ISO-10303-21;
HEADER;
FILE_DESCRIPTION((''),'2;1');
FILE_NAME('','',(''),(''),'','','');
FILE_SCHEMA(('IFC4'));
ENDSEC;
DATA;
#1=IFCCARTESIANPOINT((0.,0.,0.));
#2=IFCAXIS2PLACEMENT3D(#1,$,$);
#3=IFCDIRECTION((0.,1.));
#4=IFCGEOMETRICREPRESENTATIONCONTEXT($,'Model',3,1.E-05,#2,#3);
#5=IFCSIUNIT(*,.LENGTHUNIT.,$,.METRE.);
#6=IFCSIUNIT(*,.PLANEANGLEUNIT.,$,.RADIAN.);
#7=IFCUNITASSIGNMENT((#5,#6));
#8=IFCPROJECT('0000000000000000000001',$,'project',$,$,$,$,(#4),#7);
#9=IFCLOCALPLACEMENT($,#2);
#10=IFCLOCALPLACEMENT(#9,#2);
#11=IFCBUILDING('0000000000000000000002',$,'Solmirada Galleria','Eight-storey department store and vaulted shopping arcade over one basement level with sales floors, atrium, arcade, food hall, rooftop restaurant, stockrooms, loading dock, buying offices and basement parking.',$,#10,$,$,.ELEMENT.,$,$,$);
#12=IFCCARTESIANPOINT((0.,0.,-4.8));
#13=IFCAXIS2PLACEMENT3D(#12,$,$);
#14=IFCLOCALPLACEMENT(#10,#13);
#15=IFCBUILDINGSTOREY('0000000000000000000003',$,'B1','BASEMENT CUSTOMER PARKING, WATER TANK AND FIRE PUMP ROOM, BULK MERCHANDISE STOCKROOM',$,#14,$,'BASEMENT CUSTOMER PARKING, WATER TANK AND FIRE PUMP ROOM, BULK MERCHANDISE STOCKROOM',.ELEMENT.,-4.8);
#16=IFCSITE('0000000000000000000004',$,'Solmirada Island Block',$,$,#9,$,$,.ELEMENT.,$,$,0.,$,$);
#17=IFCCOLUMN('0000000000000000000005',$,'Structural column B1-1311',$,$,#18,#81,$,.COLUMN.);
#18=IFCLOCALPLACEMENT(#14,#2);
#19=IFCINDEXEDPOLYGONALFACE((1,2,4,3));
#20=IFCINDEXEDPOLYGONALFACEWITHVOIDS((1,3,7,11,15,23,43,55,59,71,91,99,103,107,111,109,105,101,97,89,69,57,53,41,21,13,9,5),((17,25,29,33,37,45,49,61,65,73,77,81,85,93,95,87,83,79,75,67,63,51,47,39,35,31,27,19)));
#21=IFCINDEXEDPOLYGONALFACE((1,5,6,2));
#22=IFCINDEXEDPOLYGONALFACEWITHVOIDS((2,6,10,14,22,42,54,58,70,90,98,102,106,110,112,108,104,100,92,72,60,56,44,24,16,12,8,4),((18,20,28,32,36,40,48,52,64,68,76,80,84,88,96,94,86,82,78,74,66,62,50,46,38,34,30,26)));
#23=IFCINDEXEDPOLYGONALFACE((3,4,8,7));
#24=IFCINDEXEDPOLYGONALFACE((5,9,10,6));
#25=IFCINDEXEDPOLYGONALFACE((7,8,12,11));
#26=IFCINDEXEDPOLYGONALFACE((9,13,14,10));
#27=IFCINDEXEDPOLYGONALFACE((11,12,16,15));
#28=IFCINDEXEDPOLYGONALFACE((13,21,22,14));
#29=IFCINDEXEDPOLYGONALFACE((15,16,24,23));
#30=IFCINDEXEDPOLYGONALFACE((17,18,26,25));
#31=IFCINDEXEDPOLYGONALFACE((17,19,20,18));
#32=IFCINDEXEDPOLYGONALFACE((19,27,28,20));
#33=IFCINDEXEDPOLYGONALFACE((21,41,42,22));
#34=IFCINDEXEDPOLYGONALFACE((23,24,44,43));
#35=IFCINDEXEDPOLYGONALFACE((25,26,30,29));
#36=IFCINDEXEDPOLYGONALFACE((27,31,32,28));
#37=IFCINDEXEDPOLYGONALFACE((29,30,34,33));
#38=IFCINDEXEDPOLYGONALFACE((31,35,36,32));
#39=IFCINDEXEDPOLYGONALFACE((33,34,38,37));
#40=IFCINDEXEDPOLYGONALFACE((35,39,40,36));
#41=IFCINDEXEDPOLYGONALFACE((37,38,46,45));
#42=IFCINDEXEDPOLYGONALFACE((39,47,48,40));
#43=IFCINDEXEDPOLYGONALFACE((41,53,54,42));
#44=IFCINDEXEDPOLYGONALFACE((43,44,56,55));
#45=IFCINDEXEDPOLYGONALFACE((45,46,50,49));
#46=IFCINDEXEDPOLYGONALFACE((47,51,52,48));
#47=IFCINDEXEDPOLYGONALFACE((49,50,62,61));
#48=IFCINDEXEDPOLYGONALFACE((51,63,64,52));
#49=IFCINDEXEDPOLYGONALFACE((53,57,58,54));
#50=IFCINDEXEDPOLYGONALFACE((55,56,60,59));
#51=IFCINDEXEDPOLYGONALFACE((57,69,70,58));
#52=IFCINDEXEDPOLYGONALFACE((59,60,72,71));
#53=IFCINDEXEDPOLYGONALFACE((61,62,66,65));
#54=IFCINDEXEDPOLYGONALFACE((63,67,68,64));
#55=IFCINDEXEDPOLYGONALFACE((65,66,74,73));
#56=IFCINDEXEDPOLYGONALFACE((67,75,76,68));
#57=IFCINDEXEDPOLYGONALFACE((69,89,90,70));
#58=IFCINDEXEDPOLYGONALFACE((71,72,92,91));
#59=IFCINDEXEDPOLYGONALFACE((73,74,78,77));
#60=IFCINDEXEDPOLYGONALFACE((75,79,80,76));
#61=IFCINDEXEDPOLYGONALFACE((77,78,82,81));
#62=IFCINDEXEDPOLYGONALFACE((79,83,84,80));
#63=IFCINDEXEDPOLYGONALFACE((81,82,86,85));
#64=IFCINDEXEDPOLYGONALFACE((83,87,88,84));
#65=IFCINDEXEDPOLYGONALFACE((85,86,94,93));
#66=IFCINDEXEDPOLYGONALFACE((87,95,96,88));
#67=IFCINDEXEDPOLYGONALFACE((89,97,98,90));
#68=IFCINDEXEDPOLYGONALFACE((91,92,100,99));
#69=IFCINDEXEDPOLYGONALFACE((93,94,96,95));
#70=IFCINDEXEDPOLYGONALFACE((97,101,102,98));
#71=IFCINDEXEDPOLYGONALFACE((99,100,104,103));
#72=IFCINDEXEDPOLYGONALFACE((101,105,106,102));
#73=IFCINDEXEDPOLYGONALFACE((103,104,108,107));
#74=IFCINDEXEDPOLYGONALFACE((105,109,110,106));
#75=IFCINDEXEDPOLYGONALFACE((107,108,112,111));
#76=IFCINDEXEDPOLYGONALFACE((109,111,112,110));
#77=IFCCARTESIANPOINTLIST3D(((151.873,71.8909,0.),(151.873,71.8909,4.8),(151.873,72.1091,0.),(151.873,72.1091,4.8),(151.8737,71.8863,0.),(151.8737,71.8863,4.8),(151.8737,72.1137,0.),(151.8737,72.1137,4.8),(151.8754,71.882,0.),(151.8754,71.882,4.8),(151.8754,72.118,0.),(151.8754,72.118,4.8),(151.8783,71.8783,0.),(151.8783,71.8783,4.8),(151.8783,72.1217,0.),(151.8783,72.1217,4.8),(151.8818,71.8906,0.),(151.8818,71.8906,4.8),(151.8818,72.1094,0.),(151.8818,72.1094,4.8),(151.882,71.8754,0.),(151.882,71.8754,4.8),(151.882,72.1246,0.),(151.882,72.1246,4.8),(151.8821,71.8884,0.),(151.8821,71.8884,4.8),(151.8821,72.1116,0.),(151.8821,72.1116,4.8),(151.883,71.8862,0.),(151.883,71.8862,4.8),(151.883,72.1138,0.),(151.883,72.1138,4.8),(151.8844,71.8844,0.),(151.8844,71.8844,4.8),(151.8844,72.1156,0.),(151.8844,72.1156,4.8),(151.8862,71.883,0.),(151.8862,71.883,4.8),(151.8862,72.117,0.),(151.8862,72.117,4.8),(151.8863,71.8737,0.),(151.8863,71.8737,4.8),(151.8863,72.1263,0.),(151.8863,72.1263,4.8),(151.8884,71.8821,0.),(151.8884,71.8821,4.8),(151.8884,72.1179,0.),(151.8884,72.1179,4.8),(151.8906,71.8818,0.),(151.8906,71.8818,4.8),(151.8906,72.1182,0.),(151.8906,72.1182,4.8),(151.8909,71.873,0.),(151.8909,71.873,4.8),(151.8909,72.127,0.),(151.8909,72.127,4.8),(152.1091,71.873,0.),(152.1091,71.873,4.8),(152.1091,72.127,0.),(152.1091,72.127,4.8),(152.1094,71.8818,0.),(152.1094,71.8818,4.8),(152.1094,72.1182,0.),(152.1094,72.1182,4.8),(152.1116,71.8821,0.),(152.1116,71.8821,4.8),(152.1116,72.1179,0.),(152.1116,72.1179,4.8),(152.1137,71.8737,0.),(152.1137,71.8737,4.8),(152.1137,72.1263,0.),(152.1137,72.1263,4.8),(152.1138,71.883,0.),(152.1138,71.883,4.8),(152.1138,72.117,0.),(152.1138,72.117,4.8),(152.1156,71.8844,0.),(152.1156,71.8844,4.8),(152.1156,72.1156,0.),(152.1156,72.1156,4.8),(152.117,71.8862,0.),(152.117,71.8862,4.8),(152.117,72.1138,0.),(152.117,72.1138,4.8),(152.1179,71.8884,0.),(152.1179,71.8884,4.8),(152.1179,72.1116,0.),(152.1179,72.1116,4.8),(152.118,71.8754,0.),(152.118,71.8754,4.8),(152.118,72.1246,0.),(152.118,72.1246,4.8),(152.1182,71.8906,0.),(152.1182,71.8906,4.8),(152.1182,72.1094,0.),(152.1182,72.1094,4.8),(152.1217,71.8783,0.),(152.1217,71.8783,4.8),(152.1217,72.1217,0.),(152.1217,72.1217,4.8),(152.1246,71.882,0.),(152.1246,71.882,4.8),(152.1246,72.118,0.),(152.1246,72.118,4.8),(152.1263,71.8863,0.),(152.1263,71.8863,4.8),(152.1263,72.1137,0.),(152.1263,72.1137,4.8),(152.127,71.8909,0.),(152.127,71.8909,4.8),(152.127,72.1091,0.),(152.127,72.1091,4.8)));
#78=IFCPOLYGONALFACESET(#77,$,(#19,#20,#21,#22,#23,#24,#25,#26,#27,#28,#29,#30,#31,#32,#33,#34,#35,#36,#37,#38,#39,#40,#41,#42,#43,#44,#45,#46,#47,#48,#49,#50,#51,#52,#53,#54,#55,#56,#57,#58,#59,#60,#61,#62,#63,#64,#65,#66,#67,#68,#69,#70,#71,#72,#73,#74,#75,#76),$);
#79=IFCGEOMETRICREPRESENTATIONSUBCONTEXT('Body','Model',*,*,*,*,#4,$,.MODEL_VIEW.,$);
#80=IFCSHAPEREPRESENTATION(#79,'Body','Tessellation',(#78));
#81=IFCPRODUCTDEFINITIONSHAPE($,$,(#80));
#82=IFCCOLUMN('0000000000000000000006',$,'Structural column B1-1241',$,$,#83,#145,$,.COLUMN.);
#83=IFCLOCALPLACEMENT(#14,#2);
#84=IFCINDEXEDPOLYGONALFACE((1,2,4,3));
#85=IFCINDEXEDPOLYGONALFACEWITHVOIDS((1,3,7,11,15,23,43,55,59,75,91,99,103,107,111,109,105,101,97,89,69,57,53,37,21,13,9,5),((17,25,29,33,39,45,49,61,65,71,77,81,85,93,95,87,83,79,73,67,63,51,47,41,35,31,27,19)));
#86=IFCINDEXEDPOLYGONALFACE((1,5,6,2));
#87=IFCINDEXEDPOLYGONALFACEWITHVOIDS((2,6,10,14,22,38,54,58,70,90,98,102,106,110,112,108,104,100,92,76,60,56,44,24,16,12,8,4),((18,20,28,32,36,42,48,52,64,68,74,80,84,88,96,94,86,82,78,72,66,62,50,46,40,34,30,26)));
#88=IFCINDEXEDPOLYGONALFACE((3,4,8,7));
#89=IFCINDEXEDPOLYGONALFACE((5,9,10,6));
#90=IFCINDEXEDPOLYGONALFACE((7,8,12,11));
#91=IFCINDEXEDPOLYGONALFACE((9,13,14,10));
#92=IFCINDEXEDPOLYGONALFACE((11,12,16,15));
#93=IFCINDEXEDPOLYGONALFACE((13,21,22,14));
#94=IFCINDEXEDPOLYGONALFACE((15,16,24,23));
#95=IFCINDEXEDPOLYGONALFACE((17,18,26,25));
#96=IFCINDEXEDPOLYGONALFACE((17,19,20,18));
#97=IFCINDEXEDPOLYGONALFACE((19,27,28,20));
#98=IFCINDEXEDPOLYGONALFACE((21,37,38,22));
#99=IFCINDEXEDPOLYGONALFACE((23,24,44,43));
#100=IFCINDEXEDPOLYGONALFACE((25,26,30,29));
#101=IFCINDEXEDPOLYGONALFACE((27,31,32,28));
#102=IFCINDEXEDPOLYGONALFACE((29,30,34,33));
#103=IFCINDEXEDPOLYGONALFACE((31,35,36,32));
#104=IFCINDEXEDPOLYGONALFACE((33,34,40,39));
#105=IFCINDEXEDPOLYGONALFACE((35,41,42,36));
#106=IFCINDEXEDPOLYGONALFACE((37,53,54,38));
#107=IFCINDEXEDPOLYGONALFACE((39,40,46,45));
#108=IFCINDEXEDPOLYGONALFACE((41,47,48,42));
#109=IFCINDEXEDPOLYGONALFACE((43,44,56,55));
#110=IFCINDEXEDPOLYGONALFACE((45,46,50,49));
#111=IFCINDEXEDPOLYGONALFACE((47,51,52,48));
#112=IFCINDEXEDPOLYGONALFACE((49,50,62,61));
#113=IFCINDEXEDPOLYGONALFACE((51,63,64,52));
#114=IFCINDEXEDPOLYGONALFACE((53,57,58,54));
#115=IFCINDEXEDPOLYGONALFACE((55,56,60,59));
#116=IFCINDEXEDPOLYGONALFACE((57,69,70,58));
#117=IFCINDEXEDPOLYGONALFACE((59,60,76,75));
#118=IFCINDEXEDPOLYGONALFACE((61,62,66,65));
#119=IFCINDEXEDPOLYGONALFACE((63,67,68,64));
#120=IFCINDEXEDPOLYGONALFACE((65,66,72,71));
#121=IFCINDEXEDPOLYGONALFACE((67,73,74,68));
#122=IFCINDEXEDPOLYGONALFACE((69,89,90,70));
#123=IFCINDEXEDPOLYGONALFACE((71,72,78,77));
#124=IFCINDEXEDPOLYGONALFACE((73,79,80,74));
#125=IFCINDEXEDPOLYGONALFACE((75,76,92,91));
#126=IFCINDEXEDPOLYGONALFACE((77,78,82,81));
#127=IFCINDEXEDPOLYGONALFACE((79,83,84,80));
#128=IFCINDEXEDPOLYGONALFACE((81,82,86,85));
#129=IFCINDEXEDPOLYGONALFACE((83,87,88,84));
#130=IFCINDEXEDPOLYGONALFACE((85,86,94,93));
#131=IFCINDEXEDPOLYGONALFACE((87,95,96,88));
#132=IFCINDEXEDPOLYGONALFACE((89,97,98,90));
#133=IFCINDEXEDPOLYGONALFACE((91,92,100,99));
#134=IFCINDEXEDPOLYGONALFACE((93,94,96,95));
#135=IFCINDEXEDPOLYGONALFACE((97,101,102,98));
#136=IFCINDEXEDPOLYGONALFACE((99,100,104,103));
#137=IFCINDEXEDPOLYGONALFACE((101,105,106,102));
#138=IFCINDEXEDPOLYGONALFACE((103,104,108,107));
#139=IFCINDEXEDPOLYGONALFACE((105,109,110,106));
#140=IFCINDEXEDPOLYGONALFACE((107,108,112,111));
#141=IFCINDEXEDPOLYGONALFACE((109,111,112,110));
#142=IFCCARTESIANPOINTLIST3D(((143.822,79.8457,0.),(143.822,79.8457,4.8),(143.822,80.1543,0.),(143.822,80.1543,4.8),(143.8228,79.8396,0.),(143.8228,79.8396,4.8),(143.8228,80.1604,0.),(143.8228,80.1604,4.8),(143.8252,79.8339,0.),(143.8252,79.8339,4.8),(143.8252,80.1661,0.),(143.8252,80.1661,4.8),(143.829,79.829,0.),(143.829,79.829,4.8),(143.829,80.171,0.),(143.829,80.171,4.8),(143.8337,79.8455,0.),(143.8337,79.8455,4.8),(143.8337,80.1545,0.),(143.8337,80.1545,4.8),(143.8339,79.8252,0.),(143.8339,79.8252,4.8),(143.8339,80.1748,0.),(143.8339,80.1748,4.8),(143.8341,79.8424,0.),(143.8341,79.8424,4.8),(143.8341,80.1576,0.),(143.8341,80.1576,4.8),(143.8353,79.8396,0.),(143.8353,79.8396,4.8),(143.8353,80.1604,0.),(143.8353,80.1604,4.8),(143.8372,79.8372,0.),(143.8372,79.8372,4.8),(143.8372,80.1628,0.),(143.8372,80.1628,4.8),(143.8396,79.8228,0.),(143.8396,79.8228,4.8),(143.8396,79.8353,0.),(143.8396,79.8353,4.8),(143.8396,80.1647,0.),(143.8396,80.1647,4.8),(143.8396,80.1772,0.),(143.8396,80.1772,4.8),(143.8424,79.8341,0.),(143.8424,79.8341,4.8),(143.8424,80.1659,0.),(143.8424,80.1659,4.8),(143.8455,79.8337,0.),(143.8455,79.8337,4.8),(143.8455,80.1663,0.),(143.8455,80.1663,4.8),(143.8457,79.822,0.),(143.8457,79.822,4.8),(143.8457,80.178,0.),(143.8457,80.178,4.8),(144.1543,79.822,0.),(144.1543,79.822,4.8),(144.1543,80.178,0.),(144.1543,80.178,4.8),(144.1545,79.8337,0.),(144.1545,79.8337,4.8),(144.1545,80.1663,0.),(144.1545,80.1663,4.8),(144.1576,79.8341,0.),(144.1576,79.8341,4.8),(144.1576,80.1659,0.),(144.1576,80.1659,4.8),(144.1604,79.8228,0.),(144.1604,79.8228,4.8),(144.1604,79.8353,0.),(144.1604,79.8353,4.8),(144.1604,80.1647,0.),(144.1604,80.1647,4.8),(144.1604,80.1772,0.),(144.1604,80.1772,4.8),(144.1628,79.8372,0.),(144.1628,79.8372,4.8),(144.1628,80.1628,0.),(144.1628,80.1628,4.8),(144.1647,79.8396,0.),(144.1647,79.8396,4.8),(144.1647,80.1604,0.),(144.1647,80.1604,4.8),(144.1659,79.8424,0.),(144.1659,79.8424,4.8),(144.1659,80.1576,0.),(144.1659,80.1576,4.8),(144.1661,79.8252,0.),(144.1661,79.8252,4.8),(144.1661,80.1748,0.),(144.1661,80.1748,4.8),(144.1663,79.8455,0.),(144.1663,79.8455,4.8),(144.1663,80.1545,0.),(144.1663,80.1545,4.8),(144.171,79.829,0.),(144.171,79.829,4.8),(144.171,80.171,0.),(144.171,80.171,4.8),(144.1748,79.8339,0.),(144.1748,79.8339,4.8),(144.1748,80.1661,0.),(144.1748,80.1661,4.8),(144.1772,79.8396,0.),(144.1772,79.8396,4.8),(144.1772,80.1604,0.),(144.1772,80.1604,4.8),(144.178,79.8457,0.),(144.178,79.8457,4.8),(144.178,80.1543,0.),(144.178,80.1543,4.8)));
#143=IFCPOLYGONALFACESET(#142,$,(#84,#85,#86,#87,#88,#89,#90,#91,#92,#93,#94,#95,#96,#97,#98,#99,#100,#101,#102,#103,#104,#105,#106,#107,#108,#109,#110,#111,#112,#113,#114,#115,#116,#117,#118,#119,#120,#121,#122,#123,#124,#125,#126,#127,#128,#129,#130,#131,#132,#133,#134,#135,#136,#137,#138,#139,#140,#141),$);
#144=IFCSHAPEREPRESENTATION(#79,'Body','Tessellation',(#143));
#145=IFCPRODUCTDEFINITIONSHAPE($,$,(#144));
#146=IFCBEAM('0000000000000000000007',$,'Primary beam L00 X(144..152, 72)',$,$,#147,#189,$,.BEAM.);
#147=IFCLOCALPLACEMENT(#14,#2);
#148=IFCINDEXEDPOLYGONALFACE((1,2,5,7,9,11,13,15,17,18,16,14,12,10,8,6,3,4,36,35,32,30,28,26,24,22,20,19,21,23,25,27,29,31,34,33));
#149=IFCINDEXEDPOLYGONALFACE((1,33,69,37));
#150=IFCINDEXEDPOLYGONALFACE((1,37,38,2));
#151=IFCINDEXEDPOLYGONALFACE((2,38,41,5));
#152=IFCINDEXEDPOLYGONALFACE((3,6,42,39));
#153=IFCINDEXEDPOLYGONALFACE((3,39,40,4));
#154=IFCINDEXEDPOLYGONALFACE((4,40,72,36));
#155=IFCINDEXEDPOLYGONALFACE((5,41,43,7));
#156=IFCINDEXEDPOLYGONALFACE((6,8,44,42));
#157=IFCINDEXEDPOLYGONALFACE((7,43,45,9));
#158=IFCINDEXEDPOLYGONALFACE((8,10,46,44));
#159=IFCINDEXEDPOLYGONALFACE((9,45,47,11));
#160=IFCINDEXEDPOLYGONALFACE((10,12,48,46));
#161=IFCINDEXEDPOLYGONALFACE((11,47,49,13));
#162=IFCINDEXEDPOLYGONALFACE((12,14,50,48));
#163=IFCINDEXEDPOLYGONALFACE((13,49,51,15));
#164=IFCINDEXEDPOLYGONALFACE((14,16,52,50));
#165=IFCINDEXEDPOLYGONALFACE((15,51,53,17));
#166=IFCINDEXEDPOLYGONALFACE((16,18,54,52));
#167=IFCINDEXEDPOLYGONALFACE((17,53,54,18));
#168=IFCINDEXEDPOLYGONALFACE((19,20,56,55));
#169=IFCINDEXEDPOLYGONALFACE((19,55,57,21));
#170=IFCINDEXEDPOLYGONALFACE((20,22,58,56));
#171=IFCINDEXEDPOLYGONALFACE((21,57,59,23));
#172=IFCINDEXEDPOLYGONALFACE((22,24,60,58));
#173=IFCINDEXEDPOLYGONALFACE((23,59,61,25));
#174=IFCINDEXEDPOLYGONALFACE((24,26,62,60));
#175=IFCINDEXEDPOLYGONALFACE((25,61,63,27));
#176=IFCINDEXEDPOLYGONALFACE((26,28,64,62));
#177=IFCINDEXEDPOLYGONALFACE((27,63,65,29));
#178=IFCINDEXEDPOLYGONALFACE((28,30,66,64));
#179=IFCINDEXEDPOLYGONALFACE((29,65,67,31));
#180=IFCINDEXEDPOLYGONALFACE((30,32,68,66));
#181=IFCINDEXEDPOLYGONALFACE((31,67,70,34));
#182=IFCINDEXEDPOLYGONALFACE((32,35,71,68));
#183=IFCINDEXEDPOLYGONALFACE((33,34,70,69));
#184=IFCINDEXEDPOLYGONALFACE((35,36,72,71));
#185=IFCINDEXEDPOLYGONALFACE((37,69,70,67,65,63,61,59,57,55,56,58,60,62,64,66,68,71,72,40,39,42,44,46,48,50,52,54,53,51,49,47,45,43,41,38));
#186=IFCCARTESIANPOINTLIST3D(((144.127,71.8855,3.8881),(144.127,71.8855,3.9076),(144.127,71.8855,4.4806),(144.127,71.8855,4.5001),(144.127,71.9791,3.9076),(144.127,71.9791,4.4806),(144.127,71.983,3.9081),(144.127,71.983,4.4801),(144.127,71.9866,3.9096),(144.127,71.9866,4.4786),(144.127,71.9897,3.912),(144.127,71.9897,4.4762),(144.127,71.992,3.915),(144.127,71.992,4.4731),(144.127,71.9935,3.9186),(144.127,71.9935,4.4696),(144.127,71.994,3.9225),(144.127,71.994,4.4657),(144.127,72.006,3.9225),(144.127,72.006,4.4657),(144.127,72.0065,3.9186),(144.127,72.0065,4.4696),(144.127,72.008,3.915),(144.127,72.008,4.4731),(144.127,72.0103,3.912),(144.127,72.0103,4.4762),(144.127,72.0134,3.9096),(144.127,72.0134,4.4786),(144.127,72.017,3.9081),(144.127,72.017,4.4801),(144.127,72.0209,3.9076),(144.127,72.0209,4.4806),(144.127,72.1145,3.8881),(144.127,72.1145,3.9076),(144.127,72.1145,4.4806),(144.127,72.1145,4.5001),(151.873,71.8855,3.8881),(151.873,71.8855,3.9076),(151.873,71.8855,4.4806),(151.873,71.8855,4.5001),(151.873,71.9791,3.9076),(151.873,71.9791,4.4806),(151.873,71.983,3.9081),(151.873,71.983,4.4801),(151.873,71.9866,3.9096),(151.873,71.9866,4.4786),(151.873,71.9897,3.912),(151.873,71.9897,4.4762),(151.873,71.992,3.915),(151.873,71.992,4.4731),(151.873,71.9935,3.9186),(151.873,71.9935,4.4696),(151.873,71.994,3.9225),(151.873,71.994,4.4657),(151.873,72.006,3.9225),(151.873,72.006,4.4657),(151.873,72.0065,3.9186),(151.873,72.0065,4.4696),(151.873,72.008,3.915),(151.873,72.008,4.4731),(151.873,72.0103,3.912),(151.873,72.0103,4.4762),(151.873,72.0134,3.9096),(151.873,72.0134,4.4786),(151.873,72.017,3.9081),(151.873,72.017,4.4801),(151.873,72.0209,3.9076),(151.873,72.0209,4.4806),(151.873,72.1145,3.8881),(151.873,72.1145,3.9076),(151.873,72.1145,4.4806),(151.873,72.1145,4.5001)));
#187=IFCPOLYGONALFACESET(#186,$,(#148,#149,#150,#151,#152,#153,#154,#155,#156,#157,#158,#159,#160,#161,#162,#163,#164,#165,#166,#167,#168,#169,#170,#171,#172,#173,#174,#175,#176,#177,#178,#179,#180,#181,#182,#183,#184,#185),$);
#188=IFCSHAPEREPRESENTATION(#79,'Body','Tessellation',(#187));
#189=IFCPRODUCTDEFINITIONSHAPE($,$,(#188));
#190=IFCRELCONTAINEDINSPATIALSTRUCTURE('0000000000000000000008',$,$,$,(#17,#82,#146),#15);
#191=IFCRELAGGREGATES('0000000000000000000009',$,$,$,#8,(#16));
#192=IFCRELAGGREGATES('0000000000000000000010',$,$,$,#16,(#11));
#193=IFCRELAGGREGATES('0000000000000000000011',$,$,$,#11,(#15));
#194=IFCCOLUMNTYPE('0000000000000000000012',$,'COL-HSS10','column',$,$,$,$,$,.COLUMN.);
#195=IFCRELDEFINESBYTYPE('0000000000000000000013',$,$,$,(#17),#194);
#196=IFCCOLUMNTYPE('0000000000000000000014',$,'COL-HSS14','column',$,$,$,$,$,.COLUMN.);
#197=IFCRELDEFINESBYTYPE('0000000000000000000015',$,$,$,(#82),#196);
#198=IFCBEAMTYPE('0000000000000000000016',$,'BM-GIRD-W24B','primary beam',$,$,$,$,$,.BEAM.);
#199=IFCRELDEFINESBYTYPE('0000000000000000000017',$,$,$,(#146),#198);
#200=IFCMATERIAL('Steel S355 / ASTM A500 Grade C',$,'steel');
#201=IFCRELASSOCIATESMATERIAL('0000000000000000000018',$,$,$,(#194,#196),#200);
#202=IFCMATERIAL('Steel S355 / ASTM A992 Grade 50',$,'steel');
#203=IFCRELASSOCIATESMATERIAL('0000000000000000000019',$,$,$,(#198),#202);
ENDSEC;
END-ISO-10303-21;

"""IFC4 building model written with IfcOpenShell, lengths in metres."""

from ifc_helpers import new_model, si_unit, direction, frame, origin, origin_2d, place, context, subcontext, project, spatial, hollow_rectangle, i_section, extrude, material, material_profile, profile_set, type_object, element, save


model = new_model("IFC4")

# Units and contexts
model_context = context("Model", 3, precision=1e-05, world=origin(), true_north=direction((0.0, 1.0)))
body_context = subcontext(model_context, "Body", "Model", "MODEL_VIEW")
ifc_project = project(units=[si_unit("LENGTHUNIT", "METRE"), si_unit("PLANEANGLEUNIT", "RADIAN")], contexts=[model_context])

# Site, building, storey
site_placement = place(None, origin())
site = spatial("IfcSite", under=ifc_project, at=site_placement, Name="Solmirada Island Block", CompositionType="ELEMENT", RefElevation=0.0)
building_placement = place(site_placement, origin())
building = spatial("IfcBuilding", under=site, at=building_placement, Name="Solmirada Galleria", Description="Eight-storey department store and vaulted shopping arcade over one basement level with sales floors, atrium, arcade, food hall, rooftop restaurant, stockrooms, loading dock, buying offices and basement parking.", CompositionType="ELEMENT")
storey_placement = place(building_placement, frame((0.0, 0.0, -4.8)))
storey = spatial("IfcBuildingStorey", under=building, at=storey_placement, Name="B1", Description="BASEMENT CUSTOMER PARKING, WATER TANK AND FIRE PUMP ROOM, BULK MERCHANDISE STOCKROOM", LongName="BASEMENT CUSTOMER PARKING, WATER TANK AND FIRE PUMP ROOM, BULK MERCHANDISE STOCKROOM", CompositionType="ELEMENT", Elevation=-4.8)

# Columns
ifc_material_1 = material(Name="Steel S355 / ASTM A500 Grade C", Category="steel")
ifc_material_profile_1 = material_profile(ifc_material_1, hollow_rectangle(XDim=0.2539, YDim=0.2539, WallThickness=0.0088, InnerFilletRadius=0.0088, OuterFilletRadius=0.0178, at=origin_2d()), Name="HSS10X10X3/8")
ifc_profile_set_1 = profile_set([ifc_material_profile_1], Name="Steel S355 / ASTM A500 Grade C")
column_type_1 = type_object("IfcColumnType", Name="COL-HSS10", Description="column", PredefinedType="COLUMN", material=ifc_profile_set_1)
column_1_placement = place(storey_placement, frame((152.0, 72.0, 0.0), z_axis=(0.0, 0.0, 1.0), x_axis=(1.0, 0.0, 0.0)))
element("IfcColumn", 1, at=column_1_placement, inside=storey, type_object=column_type_1, Name="Structural column B1-1311", PredefinedType="COLUMN", context=body_context, shape_type="SweptSolid", body=[
    extrude(hollow_rectangle(XDim=0.2539, YDim=0.2539, WallThickness=0.0088, InnerFilletRadius=0.0088, OuterFilletRadius=0.0178, at=origin_2d()), origin(), (0.0, 0.0, 1.0), 4.8),
])
ifc_material_profile_2 = material_profile(ifc_material_1, hollow_rectangle(XDim=0.356, YDim=0.356, WallThickness=0.0117, InnerFilletRadius=0.0117, OuterFilletRadius=0.0237, at=origin_2d()), Name="HSS14X14X1/2")
ifc_profile_set_2 = profile_set([ifc_material_profile_2], Name="Steel S355 / ASTM A500 Grade C")
column_type_2 = type_object("IfcColumnType", Name="COL-HSS14", Description="column", PredefinedType="COLUMN", material=ifc_profile_set_2)
column_2_placement = place(storey_placement, frame((144.0, 80.0, 0.0), z_axis=(0.0, 0.0, 1.0), x_axis=(1.0, 0.0, 0.0)))
element("IfcColumn", 2, at=column_2_placement, inside=storey, type_object=column_type_2, Name="Structural column B1-1241", PredefinedType="COLUMN", context=body_context, shape_type="SweptSolid", body=[
    extrude(hollow_rectangle(XDim=0.356, YDim=0.356, WallThickness=0.0117, InnerFilletRadius=0.0117, OuterFilletRadius=0.0237, at=origin_2d()), origin(), (0.0, 0.0, 1.0), 4.8),
])

# Beam
ifc_material_2 = material(Name="Steel S355 / ASTM A992 Grade 50", Category="steel")
ifc_material_profile_3 = material_profile(ifc_material_2, i_section(OverallWidth=0.229, OverallDepth=0.6121, WebThickness=0.012, FlangeThickness=0.0195, FilletRadius=0.0149, at=origin_2d()), Name="W24X84")
ifc_profile_set_3 = profile_set([ifc_material_profile_3], Name="Steel S355 / ASTM A992 Grade 50")
beam_type_1 = type_object("IfcBeamType", Name="BM-GIRD-W24B", Description="primary beam", PredefinedType="BEAM", material=ifc_profile_set_3)
beam_1_placement = place(storey_placement, frame((144.127, 72.0, 4.1941), z_axis=(1.0, 0.0, 0.0), x_axis=(0.0, 1.0, 0.0)))
element("IfcBeam", 3, at=beam_1_placement, inside=storey, type_object=beam_type_1, Name="Primary beam L00 X(144..152, 72)", PredefinedType="BEAM", context=body_context, shape_type="SweptSolid", body=[
    extrude(i_section(OverallWidth=0.229, OverallDepth=0.6121, WebThickness=0.012, FlangeThickness=0.0195, FilletRadius=0.0149, at=origin_2d()), origin(), (0.0, 0.0, 1.0), 7.7461),
])

save(model, "model.ifc")
